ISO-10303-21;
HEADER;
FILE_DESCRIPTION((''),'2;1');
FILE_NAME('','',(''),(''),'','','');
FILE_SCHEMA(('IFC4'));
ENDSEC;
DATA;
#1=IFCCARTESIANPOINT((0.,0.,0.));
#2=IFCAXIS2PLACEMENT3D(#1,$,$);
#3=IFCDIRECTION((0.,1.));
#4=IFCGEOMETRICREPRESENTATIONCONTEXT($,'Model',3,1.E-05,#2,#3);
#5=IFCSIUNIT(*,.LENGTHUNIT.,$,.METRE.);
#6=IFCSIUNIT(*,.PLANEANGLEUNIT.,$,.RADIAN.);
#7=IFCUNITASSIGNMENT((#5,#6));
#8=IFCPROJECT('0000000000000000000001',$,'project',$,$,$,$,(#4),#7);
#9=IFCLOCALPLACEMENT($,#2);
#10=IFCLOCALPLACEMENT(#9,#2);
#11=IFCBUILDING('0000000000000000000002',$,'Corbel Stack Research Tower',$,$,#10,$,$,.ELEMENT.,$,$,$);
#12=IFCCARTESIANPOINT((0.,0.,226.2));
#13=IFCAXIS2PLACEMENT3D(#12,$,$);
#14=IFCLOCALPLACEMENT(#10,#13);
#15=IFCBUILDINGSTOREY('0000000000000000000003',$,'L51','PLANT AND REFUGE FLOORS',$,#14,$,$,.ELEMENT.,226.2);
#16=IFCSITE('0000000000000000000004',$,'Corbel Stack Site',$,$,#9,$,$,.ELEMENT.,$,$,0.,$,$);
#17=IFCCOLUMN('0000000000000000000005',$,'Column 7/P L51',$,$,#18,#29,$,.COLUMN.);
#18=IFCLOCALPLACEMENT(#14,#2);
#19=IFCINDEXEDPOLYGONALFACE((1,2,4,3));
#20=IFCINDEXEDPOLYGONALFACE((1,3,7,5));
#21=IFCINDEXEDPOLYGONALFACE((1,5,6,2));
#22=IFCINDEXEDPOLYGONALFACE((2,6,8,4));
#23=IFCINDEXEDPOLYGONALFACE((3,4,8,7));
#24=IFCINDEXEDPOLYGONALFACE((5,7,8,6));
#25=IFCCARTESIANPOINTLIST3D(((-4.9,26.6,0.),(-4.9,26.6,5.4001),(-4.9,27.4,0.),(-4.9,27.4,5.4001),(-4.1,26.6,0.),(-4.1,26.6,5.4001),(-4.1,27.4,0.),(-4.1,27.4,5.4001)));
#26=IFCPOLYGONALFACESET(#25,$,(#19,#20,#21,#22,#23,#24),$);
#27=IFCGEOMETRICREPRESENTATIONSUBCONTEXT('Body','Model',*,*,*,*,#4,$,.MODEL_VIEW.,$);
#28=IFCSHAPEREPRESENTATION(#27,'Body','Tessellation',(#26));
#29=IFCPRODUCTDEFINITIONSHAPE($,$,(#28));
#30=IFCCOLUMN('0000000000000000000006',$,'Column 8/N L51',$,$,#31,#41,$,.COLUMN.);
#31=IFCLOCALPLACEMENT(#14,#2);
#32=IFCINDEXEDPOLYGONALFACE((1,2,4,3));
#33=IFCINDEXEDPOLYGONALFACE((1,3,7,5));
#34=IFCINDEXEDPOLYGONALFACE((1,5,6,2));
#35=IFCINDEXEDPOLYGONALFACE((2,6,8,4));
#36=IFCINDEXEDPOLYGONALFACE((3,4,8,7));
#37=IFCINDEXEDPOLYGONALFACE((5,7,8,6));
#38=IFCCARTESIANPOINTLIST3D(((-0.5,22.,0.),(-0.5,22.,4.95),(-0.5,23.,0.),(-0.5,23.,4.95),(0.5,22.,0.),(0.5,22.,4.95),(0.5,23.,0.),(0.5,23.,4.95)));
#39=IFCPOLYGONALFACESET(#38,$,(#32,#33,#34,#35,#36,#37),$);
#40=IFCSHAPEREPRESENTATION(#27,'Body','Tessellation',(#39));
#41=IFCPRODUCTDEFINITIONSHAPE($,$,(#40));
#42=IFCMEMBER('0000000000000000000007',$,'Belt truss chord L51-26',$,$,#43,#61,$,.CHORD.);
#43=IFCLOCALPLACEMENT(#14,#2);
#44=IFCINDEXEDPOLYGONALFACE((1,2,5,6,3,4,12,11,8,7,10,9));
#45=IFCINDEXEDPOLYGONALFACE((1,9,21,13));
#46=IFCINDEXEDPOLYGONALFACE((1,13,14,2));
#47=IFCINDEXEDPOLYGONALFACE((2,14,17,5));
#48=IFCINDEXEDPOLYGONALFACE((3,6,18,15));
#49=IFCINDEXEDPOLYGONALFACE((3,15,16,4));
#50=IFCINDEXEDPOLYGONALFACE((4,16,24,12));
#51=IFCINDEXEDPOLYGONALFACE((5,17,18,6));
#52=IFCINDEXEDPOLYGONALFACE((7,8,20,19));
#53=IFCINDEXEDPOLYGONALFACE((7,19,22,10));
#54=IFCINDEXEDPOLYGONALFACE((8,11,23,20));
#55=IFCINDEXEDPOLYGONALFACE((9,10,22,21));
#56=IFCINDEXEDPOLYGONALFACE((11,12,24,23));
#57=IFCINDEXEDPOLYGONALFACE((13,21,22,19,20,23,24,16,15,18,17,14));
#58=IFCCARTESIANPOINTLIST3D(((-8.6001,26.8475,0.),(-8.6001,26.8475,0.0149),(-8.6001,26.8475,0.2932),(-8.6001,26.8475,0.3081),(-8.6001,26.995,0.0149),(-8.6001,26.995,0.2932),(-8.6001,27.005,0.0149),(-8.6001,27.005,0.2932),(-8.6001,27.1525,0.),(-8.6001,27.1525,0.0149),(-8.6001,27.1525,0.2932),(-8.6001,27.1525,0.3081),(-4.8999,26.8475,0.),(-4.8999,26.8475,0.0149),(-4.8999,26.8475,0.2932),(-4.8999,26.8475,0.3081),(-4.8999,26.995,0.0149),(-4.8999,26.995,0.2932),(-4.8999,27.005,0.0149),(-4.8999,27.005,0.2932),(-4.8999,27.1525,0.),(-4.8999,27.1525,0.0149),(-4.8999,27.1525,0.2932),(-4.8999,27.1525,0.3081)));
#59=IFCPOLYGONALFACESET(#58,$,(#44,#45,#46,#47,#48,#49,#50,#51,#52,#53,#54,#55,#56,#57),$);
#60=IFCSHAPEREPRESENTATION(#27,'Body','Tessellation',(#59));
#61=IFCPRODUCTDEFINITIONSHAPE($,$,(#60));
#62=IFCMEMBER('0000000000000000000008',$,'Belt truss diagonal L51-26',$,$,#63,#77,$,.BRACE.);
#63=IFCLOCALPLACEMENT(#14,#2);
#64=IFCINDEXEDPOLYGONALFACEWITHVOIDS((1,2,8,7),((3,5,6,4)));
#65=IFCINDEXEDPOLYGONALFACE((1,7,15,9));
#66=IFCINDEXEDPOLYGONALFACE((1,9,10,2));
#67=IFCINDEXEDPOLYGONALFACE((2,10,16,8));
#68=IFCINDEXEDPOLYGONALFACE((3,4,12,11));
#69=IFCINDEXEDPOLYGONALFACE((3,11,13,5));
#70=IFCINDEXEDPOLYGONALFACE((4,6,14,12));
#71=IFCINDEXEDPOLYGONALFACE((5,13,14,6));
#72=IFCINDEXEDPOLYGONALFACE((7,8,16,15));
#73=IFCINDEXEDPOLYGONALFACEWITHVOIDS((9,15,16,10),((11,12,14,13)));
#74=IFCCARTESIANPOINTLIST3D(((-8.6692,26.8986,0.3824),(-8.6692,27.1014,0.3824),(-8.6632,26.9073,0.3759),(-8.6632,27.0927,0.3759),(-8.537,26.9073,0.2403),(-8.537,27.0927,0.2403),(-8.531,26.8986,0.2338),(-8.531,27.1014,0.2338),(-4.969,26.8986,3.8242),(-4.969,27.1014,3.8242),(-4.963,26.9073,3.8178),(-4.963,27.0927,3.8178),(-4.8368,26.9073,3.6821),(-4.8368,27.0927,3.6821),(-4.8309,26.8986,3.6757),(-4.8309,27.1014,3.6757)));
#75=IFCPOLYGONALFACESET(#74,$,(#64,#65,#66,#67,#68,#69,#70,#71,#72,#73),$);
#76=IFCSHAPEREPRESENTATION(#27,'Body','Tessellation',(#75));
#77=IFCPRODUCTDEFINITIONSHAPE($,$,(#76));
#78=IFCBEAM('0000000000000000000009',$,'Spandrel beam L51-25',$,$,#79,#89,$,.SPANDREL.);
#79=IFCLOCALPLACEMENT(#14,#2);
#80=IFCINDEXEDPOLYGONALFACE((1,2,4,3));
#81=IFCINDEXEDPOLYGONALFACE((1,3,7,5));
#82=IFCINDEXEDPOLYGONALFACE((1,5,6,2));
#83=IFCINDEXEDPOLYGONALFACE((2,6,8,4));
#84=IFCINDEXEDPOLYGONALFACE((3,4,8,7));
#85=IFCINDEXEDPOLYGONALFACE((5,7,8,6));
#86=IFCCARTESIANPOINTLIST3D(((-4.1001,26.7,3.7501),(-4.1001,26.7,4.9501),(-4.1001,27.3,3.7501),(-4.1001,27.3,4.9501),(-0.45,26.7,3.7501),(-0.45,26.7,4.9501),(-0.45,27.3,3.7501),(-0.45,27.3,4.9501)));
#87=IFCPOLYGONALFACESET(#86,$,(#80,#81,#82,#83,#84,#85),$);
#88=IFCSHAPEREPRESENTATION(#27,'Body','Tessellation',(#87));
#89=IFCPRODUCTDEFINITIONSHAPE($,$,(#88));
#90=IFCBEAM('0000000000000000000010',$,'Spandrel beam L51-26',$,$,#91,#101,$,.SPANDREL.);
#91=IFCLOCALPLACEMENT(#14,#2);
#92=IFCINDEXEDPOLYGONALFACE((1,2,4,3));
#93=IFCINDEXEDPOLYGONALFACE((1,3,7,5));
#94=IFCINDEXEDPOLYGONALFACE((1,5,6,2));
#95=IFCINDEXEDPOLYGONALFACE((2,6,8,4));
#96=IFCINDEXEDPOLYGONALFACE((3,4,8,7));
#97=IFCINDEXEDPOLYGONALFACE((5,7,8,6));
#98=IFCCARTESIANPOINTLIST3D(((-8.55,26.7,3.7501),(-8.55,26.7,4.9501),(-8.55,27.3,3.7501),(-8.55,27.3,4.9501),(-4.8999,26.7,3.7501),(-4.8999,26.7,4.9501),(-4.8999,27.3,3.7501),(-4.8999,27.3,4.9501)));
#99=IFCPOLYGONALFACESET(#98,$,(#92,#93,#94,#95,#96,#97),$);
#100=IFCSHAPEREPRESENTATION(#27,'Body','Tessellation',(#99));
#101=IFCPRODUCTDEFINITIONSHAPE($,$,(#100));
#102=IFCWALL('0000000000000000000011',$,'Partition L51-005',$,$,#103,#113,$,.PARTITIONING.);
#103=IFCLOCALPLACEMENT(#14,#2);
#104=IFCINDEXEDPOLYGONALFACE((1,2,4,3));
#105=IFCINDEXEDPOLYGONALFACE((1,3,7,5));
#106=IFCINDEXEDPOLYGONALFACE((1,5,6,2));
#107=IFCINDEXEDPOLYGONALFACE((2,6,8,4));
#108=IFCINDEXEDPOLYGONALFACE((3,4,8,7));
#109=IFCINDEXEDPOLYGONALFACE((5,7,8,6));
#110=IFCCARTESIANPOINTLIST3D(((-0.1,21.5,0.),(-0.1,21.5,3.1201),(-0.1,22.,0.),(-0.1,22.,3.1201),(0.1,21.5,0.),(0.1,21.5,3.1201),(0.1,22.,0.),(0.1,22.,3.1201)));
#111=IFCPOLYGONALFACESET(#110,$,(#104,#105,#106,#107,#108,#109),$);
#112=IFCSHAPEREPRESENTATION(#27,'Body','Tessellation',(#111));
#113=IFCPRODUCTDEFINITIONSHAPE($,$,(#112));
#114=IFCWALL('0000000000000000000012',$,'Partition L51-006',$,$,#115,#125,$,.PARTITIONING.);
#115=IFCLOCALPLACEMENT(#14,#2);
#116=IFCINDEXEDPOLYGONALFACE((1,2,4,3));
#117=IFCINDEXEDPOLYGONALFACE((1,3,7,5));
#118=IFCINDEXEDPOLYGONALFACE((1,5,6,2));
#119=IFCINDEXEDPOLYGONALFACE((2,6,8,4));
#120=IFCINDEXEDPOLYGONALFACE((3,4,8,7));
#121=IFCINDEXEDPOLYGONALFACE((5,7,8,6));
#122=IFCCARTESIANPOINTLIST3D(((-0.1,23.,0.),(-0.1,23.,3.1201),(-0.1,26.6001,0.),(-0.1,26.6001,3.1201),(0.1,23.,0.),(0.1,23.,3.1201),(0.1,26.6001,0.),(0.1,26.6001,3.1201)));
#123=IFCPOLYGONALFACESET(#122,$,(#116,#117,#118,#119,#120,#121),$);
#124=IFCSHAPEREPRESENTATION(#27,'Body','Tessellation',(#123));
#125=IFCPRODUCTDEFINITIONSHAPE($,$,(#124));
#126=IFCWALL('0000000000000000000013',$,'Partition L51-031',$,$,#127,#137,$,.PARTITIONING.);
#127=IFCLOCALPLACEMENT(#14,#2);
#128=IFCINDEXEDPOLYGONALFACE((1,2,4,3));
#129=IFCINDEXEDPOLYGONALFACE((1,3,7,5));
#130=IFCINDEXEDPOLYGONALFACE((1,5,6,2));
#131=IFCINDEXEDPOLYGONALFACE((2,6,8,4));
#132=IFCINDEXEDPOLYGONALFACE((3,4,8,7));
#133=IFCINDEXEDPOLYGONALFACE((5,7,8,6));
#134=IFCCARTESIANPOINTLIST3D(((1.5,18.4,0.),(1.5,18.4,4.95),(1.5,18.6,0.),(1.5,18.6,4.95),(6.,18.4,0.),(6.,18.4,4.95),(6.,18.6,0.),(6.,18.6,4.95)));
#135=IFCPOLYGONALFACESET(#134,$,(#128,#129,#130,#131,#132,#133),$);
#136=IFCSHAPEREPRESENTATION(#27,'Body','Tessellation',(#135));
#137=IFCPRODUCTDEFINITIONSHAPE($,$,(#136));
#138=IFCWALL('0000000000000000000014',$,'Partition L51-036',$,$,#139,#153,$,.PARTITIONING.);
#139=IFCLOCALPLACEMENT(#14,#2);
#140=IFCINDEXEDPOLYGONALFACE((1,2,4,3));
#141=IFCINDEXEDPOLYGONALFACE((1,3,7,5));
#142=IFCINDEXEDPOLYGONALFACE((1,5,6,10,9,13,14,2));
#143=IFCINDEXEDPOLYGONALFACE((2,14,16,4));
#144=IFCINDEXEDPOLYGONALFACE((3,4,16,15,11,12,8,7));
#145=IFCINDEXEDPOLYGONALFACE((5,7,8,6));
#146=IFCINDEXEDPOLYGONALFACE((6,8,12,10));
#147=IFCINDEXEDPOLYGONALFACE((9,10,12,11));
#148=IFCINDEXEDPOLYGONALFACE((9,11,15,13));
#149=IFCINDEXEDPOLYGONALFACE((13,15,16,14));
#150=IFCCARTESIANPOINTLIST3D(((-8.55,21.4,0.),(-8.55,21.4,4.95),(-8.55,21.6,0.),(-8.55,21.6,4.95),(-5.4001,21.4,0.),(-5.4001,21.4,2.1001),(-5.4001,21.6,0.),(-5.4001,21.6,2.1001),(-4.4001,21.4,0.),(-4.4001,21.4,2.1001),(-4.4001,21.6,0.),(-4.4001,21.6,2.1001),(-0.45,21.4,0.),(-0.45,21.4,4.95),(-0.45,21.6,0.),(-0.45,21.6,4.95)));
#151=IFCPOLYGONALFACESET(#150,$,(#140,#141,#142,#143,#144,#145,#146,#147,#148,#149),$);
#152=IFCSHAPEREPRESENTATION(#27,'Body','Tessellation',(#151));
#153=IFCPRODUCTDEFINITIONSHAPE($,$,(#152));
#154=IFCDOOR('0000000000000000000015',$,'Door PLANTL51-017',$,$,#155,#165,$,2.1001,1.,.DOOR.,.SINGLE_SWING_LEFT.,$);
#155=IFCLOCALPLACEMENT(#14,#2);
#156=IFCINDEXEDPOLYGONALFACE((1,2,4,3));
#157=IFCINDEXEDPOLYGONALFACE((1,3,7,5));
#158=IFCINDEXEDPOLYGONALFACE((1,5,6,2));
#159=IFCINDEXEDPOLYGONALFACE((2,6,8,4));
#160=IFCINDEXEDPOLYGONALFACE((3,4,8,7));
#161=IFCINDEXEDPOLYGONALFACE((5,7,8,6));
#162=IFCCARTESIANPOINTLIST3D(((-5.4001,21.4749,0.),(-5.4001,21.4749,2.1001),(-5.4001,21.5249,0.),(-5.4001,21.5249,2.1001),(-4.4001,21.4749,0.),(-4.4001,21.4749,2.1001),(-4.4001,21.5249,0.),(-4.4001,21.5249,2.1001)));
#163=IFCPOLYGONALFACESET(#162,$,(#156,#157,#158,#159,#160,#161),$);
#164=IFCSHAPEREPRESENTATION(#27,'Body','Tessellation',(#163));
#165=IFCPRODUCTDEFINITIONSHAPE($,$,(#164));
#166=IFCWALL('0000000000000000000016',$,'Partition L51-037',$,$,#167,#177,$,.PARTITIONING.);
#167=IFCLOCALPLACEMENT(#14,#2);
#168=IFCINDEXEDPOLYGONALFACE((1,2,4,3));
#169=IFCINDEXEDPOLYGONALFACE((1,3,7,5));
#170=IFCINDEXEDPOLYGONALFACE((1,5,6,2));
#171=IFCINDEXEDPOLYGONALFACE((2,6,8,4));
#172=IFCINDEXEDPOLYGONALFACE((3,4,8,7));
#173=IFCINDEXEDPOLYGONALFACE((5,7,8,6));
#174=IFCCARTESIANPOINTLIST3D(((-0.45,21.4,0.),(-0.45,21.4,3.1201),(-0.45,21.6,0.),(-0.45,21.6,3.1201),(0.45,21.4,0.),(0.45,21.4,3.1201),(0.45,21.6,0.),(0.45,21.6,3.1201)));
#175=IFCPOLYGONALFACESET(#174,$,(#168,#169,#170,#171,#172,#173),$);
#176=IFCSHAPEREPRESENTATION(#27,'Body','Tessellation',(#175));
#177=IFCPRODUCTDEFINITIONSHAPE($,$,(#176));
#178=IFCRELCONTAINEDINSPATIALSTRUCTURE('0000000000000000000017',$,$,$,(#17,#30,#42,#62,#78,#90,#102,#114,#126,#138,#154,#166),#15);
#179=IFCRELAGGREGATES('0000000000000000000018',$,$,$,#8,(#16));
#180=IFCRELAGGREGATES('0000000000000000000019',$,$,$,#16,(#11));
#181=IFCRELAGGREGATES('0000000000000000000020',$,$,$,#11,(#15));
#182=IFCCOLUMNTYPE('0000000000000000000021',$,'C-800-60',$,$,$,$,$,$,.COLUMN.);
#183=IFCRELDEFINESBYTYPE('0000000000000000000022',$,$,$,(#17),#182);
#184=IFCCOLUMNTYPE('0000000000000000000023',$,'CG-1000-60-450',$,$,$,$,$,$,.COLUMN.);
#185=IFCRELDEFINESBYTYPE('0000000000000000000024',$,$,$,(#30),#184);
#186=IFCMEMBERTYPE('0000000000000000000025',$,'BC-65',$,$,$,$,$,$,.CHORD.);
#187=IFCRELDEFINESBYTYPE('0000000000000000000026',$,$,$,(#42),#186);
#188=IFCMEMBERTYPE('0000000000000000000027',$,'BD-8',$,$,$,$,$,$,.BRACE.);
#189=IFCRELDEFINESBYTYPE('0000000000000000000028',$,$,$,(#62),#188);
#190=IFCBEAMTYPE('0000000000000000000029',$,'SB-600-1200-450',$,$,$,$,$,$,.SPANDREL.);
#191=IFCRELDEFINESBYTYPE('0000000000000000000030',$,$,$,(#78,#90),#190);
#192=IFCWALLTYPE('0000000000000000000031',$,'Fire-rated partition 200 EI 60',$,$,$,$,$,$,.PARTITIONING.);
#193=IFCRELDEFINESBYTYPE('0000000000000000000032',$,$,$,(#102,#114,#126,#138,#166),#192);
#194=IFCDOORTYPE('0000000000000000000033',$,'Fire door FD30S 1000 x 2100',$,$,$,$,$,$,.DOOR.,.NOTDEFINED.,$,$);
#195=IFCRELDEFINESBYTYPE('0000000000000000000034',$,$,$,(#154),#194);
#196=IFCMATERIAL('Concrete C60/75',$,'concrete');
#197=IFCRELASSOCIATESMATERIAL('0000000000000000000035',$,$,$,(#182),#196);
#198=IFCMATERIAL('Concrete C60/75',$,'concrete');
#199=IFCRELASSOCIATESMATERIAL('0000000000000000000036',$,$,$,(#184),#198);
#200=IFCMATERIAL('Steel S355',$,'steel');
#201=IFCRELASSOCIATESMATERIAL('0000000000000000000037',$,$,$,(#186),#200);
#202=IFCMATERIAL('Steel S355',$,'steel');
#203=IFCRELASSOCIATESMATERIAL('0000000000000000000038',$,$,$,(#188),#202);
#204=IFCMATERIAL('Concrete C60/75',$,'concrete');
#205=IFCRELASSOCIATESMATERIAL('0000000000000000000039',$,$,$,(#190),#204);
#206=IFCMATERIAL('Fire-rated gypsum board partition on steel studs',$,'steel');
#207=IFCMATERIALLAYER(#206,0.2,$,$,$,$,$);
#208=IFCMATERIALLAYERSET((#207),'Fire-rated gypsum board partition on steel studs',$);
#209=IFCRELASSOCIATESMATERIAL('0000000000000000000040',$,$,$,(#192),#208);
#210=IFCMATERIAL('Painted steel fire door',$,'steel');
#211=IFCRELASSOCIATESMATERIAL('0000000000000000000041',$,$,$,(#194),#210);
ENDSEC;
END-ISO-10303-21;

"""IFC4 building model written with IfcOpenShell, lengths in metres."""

from ifc_helpers import new_model, si_unit, direction, frame, frame_2d, origin, origin_2d, place, context, subcontext, project, spatial, rectangle, hollow_rectangle, i_section, extrude, material, layer, layer_set, material_profile, profile_set, type_object, element, fill, save


model = new_model("IFC4")

# Units and contexts
model_context = context("Model", 3, precision=1e-05, world=origin(), true_north=direction((0.0, 1.0)))
body_context = subcontext(model_context, "Body", "Model", "MODEL_VIEW")
ifc_project = project(units=[si_unit("LENGTHUNIT", "METRE"), si_unit("PLANEANGLEUNIT", "RADIAN")], contexts=[model_context])

# Site, building, storey
site_placement = place(None, origin())
site = spatial("IfcSite", under=ifc_project, at=site_placement, Name="Corbel Stack Site", CompositionType="ELEMENT", RefElevation=0.0)
building_placement = place(site_placement, origin())
building = spatial("IfcBuilding", under=site, at=building_placement, Name="Corbel Stack Research Tower", CompositionType="ELEMENT")
storey_placement = place(building_placement, frame((0.0, 0.0, 226.2)))
storey = spatial("IfcBuildingStorey", under=building, at=storey_placement, Name="L51", Description="PLANT AND REFUGE FLOORS", CompositionType="ELEMENT", Elevation=226.2)

# Columns
ifc_material_1 = material(Name="Concrete C60/75", Category="concrete")
ifc_material_profile_1 = material_profile(ifc_material_1, rectangle(XDim=0.8, YDim=0.8, at=origin_2d()), Name="RC 800 x 800")
ifc_profile_set_1 = profile_set([ifc_material_profile_1], Name="Concrete C60/75")
column_type_1 = type_object("IfcColumnType", Name="C-800-60", PredefinedType="COLUMN", material=ifc_profile_set_1)
column_1_placement = place(storey_placement, frame((-4.5, 27.0, 0.0), z_axis=(0.0, 0.0, 1.0), x_axis=(1.0, 0.0, 0.0)))
element("IfcColumn", 1, at=column_1_placement, inside=storey, type_object=column_type_1, Name="Column 7/P L51", PredefinedType="COLUMN", context=body_context, shape_type="SweptSolid", body=[
    extrude(rectangle(XDim=0.8, YDim=0.8, at=origin_2d()), origin(), (0.0, 0.0, 1.0), 5.4001),
])
ifc_material_2 = material(Name="Concrete C60/75", Category="concrete")
ifc_material_profile_2 = material_profile(ifc_material_2, rectangle(XDim=1.0, YDim=1.0, at=origin_2d()), Name="RC 1000 x 1000")
ifc_profile_set_2 = profile_set([ifc_material_profile_2], Name="Concrete C60/75")
column_type_2 = type_object("IfcColumnType", Name="CG-1000-60-450", PredefinedType="COLUMN", material=ifc_profile_set_2)
column_2_placement = place(storey_placement, frame((0.0, 22.5, 0.0), z_axis=(0.0, 0.0, 1.0), x_axis=(1.0, 0.0, 0.0)))
element("IfcColumn", 2, at=column_2_placement, inside=storey, type_object=column_type_2, Name="Column 8/N L51", PredefinedType="COLUMN", context=body_context, shape_type="SweptSolid", body=[
    extrude(rectangle(XDim=1.0, YDim=1.0, at=origin_2d()), origin(), (0.0, 0.0, 1.0), 4.95),
])

# Members
ifc_material_3 = material(Name="Steel S355", Category="steel")
ifc_material_profile_3 = material_profile(ifc_material_3, i_section(OverallWidth=0.3049, OverallDepth=0.3081, WebThickness=0.01, FlangeThickness=0.0149, at=origin_2d()), Name="W12x65")
ifc_profile_set_3 = profile_set([ifc_material_profile_3], Name="Steel S355")
member_type_1 = type_object("IfcMemberType", Name="BC-65", PredefinedType="CHORD", material=ifc_profile_set_3)
member_1_placement = place(storey_placement, frame((-4.8999, 27.0, 0.1541), z_axis=(-1.0, 0.0, 0.0), x_axis=(0.0, -1.0, 0.0)))
element("IfcMember", 3, at=member_1_placement, inside=storey, type_object=member_type_1, Name="Belt truss chord L51-26", PredefinedType="CHORD", context=body_context, shape_type="SweptSolid", body=[
    extrude(i_section(OverallWidth=0.3049, OverallDepth=0.3081, WebThickness=0.01, FlangeThickness=0.0149, at=origin_2d()), origin(), (0.0, 0.0, 1.0), 3.7002),
])
ifc_material_4 = material(Name="Steel S355", Category="steel")
ifc_material_profile_4 = material_profile(ifc_material_4, hollow_rectangle(XDim=0.2029, YDim=0.2029, WallThickness=0.0088, at=origin_2d()), Name="HSS8x8x3/8")
ifc_profile_set_4 = profile_set([ifc_material_profile_4], Name="Steel S355")
member_type_2 = type_object("IfcMemberType", Name="BD-8", PredefinedType="BRACE", material=ifc_profile_set_4)
member_2_placement = place(storey_placement, frame((-8.6001, 27.0, 0.3081), z_axis=(0.732201, 0.0, 0.681088), x_axis=(0.0, 1.0, 0.0)))
element("IfcMember", 4, at=member_2_placement, inside=storey, type_object=member_type_2, Name="Belt truss diagonal L51-26", PredefinedType="BRACE", context=body_context, shape_type="SweptSolid", body=[
    extrude(hollow_rectangle(XDim=0.2029, YDim=0.2029, WallThickness=0.0088, at=origin_2d()), origin(), (0.0, 0.0, 1.0), 5.0535),
])

# Beams
ifc_material_5 = material(Name="Concrete C60/75", Category="concrete")
ifc_material_profile_5 = material_profile(ifc_material_5, rectangle(XDim=0.6001, YDim=1.2, at=origin_2d()), Name="RC 600 x 1200")
ifc_profile_set_5 = profile_set([ifc_material_profile_5], Name="Concrete C60/75")
beam_type = type_object("IfcBeamType", Name="SB-600-1200-450", PredefinedType="SPANDREL", material=ifc_profile_set_5)
for number, where, z_axis, x_axis, name in (
    (5, (-0.45, 27.0, 4.3501), (-1.0, 0.0, 0.0), (0.0, -1.0, 0.0), "Spandrel beam L51-25"),
    (6, (-4.8999, 27.0, 4.3501), (-1.0, 0.0, 0.0), (0.0, -1.0, 0.0), "Spandrel beam L51-26"),
):
    element("IfcBeam", number, at=place(storey_placement, frame(where, z_axis=z_axis, x_axis=x_axis)), inside=storey, type_object=beam_type, Name=name, PredefinedType="SPANDREL", context=body_context, shape_type="SweptSolid", body=[
        extrude(rectangle(XDim=0.6001, YDim=1.2, at=origin_2d()), origin(), (0.0, 0.0, 1.0), 3.6501),
    ])

# Walls
ifc_material_6 = material(Name="Fire-rated gypsum board partition on steel studs", Category="steel")
ifc_layer_1 = layer(ifc_material_6, 0.2)
ifc_layer_set_1 = layer_set([ifc_layer_1], Name="Fire-rated gypsum board partition on steel studs")
wall_type_1 = type_object("IfcWallType", Name="Fire-rated partition 200 EI 60", PredefinedType="PARTITIONING", material=ifc_layer_set_1)
wall_1_placement = place(storey_placement, frame((0.0, 21.5, 0.0), z_axis=(0.0, 0.0, 1.0), x_axis=(0.0, 1.0, 0.0)))
element("IfcWall", 7, at=wall_1_placement, inside=storey, type_object=wall_type_1, Name="Partition L51-005", PredefinedType="PARTITIONING", context=body_context, shape_type="SweptSolid", body=[
    extrude(rectangle(XDim=0.5, YDim=0.2, at=frame_2d((0.25, 0.0))), origin(), (0.0, 0.0, 1.0), 3.1201),
])
wall_2_placement = place(storey_placement, frame((0.0, 23.0, 0.0), z_axis=(0.0, 0.0, 1.0), x_axis=(0.0, 1.0, 0.0)))
element("IfcWall", 8, at=wall_2_placement, inside=storey, type_object=wall_type_1, Name="Partition L51-006", PredefinedType="PARTITIONING", context=body_context, shape_type="SweptSolid", body=[
    extrude(rectangle(XDim=3.6001, YDim=0.2, at=frame_2d((1.8, 0.0))), origin(), (0.0, 0.0, 1.0), 3.1201),
])
wall_3_placement = place(storey_placement, frame((1.5, 18.5, 0.0), z_axis=(0.0, 0.0, 1.0), x_axis=(1.0, 0.0, 0.0)))
element("IfcWall", 9, at=wall_3_placement, inside=storey, type_object=wall_type_1, Name="Partition L51-031", PredefinedType="PARTITIONING", context=body_context, shape_type="SweptSolid", body=[
    extrude(rectangle(XDim=4.5, YDim=0.2, at=frame_2d((2.25, 0.0))), origin(), (0.0, 0.0, 1.0), 4.95),
])

# Wall, opening, door
wall_4_placement = place(storey_placement, frame((-8.55, 21.5, 0.0), z_axis=(0.0, 0.0, 1.0), x_axis=(1.0, 0.0, 0.0)))
wall_4 = element("IfcWall", 10, at=wall_4_placement, inside=storey, type_object=wall_type_1, Name="Partition L51-036", PredefinedType="PARTITIONING", context=body_context, shape_type="SweptSolid", body=[
    extrude(rectangle(XDim=8.1001, YDim=0.2, at=frame_2d((4.05, 0.0))), origin(), (0.0, 0.0, 1.0), 4.95),
])
opening_1_placement = place(wall_4_placement, frame((3.1499, 0.0, 0.0)))
opening_1 = element("IfcOpeningElement", 11, at=opening_1_placement, cuts=wall_4, PredefinedType="OPENING", context=body_context, shape_type="SweptSolid", body=[
    extrude(rectangle(XDim=1.0, YDim=2.1001, at=frame_2d((0.5, 1.05))), frame((0.0, 0.1099, 0.0), z_axis=(0.0, -1.0, 0.0), x_axis=(1.0, 0.0, 0.0)), (0.0, 0.0, 1.0), 0.22),
])
ifc_material_7 = material(Name="Painted steel fire door", Category="steel")
door_type = type_object("IfcDoorType", Name="Fire door FD30S 1000 x 2100", OperationType="NOTDEFINED", PredefinedType="DOOR", material=ifc_material_7)
door_1_placement = place(opening_1_placement, origin())
door_1 = element("IfcDoor", 12, at=door_1_placement, inside=storey, type_object=door_type, Name="Door PLANTL51-017", OperationType="SINGLE_SWING_LEFT", OverallHeight=2.1001, OverallWidth=1.0, PredefinedType="DOOR", context=body_context, shape_type="SweptSolid", body=[
    extrude(rectangle(XDim=1.0, YDim=2.1001, at=frame_2d((0.5, 1.05))), frame((0.0, 0.0249, 0.0), z_axis=(0.0, -1.0, 0.0), x_axis=(1.0, 0.0, 0.0)), (0.0, 0.0, 1.0), 0.05),
])
fill(opening_1, door_1)

# Wall
wall_5_placement = place(storey_placement, frame((-0.45, 21.5, 0.0), z_axis=(0.0, 0.0, 1.0), x_axis=(1.0, 0.0, 0.0)))
element("IfcWall", 13, at=wall_5_placement, inside=storey, type_object=wall_type_1, Name="Partition L51-037", PredefinedType="PARTITIONING", context=body_context, shape_type="SweptSolid", body=[
    extrude(rectangle(XDim=0.8999, YDim=0.2, at=frame_2d((0.45, 0.0))), origin(), (0.0, 0.0, 1.0), 3.1201),
])

save(model, "model.ifc")
